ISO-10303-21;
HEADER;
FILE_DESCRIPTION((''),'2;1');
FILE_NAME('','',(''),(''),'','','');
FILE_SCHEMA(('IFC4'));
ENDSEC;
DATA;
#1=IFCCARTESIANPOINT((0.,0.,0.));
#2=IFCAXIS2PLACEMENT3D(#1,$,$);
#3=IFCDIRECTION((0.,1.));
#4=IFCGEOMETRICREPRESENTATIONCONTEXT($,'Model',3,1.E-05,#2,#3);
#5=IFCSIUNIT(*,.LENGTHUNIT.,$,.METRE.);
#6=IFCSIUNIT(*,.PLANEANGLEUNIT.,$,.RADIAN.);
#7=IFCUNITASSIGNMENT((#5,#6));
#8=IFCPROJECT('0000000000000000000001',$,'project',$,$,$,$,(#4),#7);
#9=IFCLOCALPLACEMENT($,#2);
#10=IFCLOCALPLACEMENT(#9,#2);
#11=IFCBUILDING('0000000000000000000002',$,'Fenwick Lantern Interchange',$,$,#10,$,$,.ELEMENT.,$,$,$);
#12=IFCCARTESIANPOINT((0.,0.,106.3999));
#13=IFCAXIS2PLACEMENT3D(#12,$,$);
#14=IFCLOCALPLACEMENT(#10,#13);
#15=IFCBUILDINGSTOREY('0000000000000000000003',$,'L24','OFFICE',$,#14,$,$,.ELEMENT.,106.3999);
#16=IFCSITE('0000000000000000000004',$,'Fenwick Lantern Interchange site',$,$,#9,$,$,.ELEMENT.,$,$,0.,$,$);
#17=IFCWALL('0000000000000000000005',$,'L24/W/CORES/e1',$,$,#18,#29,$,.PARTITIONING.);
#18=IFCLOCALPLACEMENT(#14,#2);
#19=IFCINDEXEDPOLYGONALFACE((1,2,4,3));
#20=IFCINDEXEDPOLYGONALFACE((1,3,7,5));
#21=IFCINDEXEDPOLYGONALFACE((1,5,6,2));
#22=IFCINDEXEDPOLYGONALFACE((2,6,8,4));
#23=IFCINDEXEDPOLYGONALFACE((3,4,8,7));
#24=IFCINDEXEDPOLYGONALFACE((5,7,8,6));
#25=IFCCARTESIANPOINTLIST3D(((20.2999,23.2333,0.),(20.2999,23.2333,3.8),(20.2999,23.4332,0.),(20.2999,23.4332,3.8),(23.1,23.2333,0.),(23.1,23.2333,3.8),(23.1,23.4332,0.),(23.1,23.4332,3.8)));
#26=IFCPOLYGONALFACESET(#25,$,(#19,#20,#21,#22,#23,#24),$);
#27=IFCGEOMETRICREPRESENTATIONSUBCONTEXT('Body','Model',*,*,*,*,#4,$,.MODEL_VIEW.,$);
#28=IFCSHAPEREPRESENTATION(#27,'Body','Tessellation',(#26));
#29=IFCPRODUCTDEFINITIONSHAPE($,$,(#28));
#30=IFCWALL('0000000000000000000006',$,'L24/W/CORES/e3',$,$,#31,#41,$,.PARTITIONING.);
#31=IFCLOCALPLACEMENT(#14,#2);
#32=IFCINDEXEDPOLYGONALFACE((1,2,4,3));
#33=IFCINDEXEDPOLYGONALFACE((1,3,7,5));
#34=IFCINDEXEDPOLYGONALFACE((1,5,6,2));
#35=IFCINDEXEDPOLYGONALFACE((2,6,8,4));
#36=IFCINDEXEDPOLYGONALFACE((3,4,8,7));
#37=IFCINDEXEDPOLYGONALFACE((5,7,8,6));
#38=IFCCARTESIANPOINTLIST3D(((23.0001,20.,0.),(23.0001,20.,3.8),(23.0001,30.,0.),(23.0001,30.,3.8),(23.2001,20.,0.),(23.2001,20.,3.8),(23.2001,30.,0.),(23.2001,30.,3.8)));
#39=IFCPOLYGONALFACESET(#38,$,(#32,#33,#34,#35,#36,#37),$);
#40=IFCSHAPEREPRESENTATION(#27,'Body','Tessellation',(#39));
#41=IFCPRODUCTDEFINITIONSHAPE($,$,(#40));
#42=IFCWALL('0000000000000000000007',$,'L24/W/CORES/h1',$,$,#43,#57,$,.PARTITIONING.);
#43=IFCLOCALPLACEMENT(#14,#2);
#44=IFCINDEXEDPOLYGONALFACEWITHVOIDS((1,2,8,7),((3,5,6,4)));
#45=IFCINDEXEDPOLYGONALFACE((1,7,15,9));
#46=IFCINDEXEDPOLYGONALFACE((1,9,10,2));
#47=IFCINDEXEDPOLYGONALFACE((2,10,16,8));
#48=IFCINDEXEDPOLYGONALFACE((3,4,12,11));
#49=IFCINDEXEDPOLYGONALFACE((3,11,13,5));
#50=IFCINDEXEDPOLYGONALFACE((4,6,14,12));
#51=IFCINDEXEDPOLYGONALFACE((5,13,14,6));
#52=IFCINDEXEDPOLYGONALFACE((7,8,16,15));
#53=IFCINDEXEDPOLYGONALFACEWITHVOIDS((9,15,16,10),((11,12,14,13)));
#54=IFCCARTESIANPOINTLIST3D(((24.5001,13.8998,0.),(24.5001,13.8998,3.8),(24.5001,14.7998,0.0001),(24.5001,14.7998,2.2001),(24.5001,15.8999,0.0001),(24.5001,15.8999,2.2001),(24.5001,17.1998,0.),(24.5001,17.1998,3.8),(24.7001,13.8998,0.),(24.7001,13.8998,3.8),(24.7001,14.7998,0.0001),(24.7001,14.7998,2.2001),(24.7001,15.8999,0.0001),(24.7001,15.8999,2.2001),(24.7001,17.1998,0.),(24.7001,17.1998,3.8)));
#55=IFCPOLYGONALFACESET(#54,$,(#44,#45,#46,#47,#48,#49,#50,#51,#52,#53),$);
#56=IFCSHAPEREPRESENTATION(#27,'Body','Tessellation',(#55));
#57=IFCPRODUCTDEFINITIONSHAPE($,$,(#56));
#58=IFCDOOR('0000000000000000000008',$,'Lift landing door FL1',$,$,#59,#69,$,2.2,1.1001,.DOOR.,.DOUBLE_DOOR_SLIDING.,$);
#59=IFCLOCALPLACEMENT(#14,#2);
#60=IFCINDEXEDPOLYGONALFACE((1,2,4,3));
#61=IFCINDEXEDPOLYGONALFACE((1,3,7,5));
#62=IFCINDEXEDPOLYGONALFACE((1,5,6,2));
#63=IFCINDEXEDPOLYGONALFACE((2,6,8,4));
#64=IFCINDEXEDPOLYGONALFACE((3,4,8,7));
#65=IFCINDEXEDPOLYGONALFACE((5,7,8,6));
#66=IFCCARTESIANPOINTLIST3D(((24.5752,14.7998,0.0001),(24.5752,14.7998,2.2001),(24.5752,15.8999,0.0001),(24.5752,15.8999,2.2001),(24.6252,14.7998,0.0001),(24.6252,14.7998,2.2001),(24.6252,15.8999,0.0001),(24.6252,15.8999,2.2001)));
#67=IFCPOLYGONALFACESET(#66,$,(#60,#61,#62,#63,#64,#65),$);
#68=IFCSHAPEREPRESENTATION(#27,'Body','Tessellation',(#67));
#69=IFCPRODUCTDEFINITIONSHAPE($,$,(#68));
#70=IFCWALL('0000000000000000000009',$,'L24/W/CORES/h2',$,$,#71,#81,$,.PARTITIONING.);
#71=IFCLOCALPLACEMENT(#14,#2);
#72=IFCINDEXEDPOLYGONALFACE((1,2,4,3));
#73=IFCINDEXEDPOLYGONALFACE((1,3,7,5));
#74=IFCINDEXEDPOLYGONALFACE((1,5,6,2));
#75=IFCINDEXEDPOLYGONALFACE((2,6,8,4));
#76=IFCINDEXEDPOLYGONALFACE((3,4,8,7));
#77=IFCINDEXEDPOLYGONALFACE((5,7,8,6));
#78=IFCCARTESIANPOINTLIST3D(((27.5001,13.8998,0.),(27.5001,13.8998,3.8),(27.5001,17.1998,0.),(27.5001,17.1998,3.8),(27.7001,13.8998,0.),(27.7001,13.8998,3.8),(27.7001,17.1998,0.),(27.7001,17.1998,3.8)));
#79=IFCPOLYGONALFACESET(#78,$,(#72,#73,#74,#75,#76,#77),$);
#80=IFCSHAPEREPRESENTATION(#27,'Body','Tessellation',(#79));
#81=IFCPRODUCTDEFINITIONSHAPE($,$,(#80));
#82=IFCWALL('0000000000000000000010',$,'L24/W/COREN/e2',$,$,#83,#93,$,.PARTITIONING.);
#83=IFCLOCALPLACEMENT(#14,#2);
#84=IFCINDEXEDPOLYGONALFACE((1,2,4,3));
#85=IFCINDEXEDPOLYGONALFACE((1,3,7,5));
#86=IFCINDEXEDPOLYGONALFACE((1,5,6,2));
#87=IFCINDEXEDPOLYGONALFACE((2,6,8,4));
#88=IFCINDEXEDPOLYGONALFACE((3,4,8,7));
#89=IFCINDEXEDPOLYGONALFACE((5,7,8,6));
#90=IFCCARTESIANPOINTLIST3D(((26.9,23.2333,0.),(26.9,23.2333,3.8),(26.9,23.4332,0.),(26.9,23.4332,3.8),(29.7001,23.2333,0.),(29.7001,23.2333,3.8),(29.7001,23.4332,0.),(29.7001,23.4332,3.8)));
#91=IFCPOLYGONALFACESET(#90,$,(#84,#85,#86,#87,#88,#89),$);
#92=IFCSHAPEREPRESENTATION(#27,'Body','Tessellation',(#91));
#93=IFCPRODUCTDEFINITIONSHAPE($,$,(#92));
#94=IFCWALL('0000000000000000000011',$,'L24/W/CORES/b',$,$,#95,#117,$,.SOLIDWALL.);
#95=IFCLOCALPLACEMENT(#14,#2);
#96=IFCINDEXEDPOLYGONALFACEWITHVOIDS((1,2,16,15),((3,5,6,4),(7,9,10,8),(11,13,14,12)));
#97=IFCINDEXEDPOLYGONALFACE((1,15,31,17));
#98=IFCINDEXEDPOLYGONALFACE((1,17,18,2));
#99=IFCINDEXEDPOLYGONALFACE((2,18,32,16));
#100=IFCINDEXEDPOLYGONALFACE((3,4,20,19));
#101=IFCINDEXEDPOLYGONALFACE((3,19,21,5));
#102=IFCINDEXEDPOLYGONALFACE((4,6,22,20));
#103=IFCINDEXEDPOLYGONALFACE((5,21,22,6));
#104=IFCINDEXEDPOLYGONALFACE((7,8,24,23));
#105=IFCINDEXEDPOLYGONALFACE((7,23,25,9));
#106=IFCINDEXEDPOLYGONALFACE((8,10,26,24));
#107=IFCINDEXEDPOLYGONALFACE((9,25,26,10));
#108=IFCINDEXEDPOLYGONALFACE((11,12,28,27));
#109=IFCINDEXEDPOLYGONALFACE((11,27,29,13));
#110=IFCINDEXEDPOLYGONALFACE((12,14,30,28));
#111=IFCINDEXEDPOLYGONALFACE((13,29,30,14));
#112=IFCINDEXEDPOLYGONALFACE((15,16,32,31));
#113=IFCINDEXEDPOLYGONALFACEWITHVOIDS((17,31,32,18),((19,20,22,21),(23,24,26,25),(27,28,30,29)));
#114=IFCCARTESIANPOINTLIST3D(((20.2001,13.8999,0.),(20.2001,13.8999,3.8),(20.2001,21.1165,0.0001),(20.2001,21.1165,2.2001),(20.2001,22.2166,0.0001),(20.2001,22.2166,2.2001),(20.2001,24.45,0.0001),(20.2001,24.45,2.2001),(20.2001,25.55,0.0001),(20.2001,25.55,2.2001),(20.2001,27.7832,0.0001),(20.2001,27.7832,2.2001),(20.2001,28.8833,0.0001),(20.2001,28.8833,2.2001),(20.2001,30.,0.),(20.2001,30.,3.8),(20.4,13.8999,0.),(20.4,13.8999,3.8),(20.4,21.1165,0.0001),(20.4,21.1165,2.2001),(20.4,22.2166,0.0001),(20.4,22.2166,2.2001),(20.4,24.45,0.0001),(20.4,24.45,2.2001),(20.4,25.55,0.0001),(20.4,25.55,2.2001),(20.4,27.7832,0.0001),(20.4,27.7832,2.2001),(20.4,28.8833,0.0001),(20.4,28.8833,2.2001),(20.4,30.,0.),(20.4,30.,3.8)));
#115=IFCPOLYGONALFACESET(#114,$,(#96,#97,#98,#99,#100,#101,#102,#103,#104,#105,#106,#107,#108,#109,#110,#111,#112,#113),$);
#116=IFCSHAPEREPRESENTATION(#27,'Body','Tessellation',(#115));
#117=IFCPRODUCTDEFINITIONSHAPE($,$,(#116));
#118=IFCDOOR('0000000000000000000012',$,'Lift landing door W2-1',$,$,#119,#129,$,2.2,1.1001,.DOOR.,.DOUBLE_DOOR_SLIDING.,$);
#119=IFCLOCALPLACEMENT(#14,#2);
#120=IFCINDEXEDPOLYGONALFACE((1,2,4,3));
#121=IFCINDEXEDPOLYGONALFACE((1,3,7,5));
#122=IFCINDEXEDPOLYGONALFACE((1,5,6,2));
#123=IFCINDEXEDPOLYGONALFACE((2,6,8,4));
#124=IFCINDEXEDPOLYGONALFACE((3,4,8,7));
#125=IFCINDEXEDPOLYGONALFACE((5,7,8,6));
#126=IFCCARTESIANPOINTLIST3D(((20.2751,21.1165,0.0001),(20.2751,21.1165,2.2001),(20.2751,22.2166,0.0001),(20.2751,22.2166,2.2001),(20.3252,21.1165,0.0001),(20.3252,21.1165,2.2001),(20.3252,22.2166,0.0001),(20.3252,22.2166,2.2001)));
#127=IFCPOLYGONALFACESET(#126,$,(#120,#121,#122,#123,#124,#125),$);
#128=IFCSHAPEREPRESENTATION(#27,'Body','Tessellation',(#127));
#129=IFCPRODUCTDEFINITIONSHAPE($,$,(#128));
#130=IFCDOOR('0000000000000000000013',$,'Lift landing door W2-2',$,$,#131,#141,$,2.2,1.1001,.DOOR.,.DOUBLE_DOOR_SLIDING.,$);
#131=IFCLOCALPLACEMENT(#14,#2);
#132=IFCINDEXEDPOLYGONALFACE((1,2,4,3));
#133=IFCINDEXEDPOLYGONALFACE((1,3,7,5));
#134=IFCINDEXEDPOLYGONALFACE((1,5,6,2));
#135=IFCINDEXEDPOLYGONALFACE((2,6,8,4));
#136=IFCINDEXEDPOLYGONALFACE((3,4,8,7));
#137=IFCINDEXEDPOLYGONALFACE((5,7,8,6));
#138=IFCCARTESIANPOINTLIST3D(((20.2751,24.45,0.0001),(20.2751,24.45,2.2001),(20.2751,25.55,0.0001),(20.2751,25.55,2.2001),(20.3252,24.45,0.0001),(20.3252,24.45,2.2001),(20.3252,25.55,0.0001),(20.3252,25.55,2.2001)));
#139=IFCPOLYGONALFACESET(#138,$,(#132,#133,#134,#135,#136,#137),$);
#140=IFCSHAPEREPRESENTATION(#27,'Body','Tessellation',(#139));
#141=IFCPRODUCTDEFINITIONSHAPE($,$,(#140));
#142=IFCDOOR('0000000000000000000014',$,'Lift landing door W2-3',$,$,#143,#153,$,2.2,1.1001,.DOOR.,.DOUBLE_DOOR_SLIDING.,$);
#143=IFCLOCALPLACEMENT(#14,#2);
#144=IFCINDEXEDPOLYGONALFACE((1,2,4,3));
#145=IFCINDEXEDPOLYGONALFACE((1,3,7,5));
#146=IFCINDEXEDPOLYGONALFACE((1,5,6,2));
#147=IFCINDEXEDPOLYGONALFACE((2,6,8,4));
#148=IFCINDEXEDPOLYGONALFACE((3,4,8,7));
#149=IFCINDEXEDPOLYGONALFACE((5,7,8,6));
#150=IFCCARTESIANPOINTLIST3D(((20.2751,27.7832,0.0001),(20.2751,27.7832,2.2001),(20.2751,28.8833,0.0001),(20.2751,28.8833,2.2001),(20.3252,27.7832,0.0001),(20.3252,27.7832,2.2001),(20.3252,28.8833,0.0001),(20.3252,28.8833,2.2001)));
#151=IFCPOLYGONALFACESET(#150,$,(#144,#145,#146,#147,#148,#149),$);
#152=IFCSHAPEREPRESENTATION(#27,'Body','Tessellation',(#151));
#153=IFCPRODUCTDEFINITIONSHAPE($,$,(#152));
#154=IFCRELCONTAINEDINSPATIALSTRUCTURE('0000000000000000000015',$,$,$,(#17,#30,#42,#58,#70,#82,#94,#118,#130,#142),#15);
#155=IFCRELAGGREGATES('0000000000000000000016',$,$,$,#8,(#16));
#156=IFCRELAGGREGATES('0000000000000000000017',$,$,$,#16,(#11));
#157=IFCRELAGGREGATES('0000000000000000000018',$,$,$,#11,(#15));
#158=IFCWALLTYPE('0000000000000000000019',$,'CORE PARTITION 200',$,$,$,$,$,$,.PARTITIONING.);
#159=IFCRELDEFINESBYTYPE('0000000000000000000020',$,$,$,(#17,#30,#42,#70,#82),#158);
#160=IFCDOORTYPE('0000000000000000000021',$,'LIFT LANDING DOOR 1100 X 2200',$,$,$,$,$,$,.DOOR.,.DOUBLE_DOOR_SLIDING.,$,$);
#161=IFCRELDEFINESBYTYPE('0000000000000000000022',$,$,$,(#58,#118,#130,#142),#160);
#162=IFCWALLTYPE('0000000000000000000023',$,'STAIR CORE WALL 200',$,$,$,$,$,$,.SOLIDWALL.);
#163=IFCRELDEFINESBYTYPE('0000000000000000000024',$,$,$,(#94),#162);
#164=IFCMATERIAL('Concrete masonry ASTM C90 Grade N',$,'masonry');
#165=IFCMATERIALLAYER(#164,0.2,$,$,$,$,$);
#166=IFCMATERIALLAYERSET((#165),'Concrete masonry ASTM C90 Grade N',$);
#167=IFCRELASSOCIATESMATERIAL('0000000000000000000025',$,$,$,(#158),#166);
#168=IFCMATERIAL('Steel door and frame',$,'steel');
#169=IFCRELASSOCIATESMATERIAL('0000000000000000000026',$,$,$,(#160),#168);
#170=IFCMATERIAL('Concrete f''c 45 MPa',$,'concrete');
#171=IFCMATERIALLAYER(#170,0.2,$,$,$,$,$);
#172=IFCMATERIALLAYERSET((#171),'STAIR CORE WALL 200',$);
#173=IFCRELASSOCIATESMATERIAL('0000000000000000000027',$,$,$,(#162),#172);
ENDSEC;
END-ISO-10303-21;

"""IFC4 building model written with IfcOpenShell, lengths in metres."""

from ifc_helpers import new_model, si_unit, direction, frame, frame_2d, origin, place, context, subcontext, project, spatial, rectangle, extrude, material, layer, layer_set, type_object, element, fill, save


model = new_model("IFC4")

# Units and contexts
model_context = context("Model", 3, precision=1e-05, world=origin(), true_north=direction((0.0, 1.0)))
body_context = subcontext(model_context, "Body", "Model", "MODEL_VIEW")
ifc_project = project(units=[si_unit("LENGTHUNIT", "METRE"), si_unit("PLANEANGLEUNIT", "RADIAN")], contexts=[model_context])

# Site, building, storey
site_placement = place(None, origin())
site = spatial("IfcSite", under=ifc_project, at=site_placement, Name="Fenwick Lantern Interchange site", CompositionType="ELEMENT", RefElevation=0.0)
building_placement = place(site_placement, origin())
building = spatial("IfcBuilding", under=site, at=building_placement, Name="Fenwick Lantern Interchange", CompositionType="ELEMENT")
storey_placement = place(building_placement, frame((0.0, 0.0, 106.3999)))
storey = spatial("IfcBuildingStorey", under=building, at=storey_placement, Name="L24", Description="OFFICE", CompositionType="ELEMENT", Elevation=106.3999)

# Walls
ifc_material_1 = material(Name="Concrete masonry ASTM C90 Grade N", Category="masonry")
ifc_layer_1 = layer(ifc_material_1, 0.2)
ifc_layer_set_1 = layer_set([ifc_layer_1], Name="Concrete masonry ASTM C90 Grade N")
wall_type_1 = type_object("IfcWallType", Name="CORE PARTITION 200", PredefinedType="PARTITIONING", material=ifc_layer_set_1)
wall_1_placement = place(storey_placement, frame((20.3, 23.3333, 0.0), z_axis=(0.0, 0.0, 1.0), x_axis=(1.0, 0.0, 0.0)))
element("IfcWall", 1, at=wall_1_placement, inside=storey, type_object=wall_type_1, Name="L24/W/CORES/e1", PredefinedType="PARTITIONING", context=body_context, shape_type="SweptSolid", body=[
    extrude(rectangle(XDim=2.8, YDim=0.2, at=frame_2d((1.3999, 0.0))), origin(), (0.0, 0.0, 1.0), 3.8),
])
wall_2_placement = place(storey_placement, frame((23.1001, 20.0, 0.0), z_axis=(0.0, 0.0, 1.0), x_axis=(0.0, 1.0, 0.0)))
element("IfcWall", 2, at=wall_2_placement, inside=storey, type_object=wall_type_1, Name="L24/W/CORES/e3", PredefinedType="PARTITIONING", context=body_context, shape_type="SweptSolid", body=[
    extrude(rectangle(XDim=10.0, YDim=0.2, at=frame_2d((5.0, 0.0))), origin(), (0.0, 0.0, 1.0), 3.8),
])

# Wall, opening, door
wall_3_placement = place(storey_placement, frame((24.6001, 13.8999, 0.0), z_axis=(0.0, 0.0, 1.0), x_axis=(0.0, 1.0, 0.0)))
wall_3 = element("IfcWall", 3, at=wall_3_placement, inside=storey, type_object=wall_type_1, Name="L24/W/CORES/h1", PredefinedType="PARTITIONING", context=body_context, shape_type="SweptSolid", body=[
    extrude(rectangle(XDim=3.3, YDim=0.2, at=frame_2d((1.6499, 0.0))), origin(), (0.0, 0.0, 1.0), 3.8),
])
opening_1_placement = place(wall_3_placement, frame((0.8999, 0.0, 0.0)))
opening_1 = element("IfcOpeningElement", 4, at=opening_1_placement, cuts=wall_3, PredefinedType="OPENING", context=body_context, shape_type="SweptSolid", body=[
    extrude(rectangle(XDim=1.1001, YDim=2.2, at=frame_2d((0.55, 1.1001))), frame((0.0, 0.1099, 0.0), z_axis=(0.0, -1.0, 0.0), x_axis=(1.0, 0.0, 0.0)), (0.0, 0.0, 1.0), 0.22),
])
ifc_material_2 = material(Name="Steel door and frame", Category="steel")
door_type_1 = type_object("IfcDoorType", Name="LIFT LANDING DOOR 1100 X 2200", OperationType="DOUBLE_DOOR_SLIDING", PredefinedType="DOOR", material=ifc_material_2)
door_1_placement = place(opening_1_placement, origin())
door_1 = element("IfcDoor", 5, at=door_1_placement, inside=storey, type_object=door_type_1, Name="Lift landing door FL1", OperationType="DOUBLE_DOOR_SLIDING", OverallHeight=2.2, OverallWidth=1.1001, PredefinedType="DOOR", context=body_context, shape_type="SweptSolid", body=[
    extrude(rectangle(XDim=1.1001, YDim=2.2, at=frame_2d((0.55, 1.1001))), frame((0.0, 0.0249, 0.0), z_axis=(0.0, -1.0, 0.0), x_axis=(1.0, 0.0, 0.0)), (0.0, 0.0, 1.0), 0.05),
])
fill(opening_1, door_1)

# Walls
wall_4_placement = place(storey_placement, frame((27.6001, 13.8999, 0.0), z_axis=(0.0, 0.0, 1.0), x_axis=(0.0, 1.0, 0.0)))
element("IfcWall", 6, at=wall_4_placement, inside=storey, type_object=wall_type_1, Name="L24/W/CORES/h2", PredefinedType="PARTITIONING", context=body_context, shape_type="SweptSolid", body=[
    extrude(rectangle(XDim=3.3, YDim=0.2, at=frame_2d((1.6499, 0.0))), origin(), (0.0, 0.0, 1.0), 3.8),
])
wall_5_placement = place(storey_placement, frame((29.7, 23.3333, 0.0), z_axis=(0.0, 0.0, 1.0), x_axis=(-1.0, 0.0, 0.0)))
element("IfcWall", 7, at=wall_5_placement, inside=storey, type_object=wall_type_1, Name="L24/W/COREN/e2", PredefinedType="PARTITIONING", context=body_context, shape_type="SweptSolid", body=[
    extrude(rectangle(XDim=2.8, YDim=0.2, at=frame_2d((1.3999, 0.0))), origin(), (0.0, 0.0, 1.0), 3.8),
])

# Wall, openings, doors
ifc_material_3 = material(Name="Concrete f'c 45 MPa", Category="concrete")
ifc_layer_2 = layer(ifc_material_3, 0.2)
ifc_layer_set_2 = layer_set([ifc_layer_2], Name="STAIR CORE WALL 200")
wall_type_2 = type_object("IfcWallType", Name="STAIR CORE WALL 200", PredefinedType="SOLIDWALL", material=ifc_layer_set_2)
wall_6_placement = place(storey_placement, frame((20.3, 13.8999, 0.0), z_axis=(0.0, 0.0, 1.0), x_axis=(0.0, 1.0, 0.0)))
wall_6 = element("IfcWall", 8, at=wall_6_placement, inside=storey, type_object=wall_type_2, Name="L24/W/CORES/b", PredefinedType="SOLIDWALL", context=body_context, shape_type="SweptSolid", body=[
    extrude(rectangle(XDim=16.1001, YDim=0.2, at=frame_2d((8.05, 0.0))), origin(), (0.0, 0.0, 1.0), 3.8),
])
opening_2_placement = place(wall_6_placement, frame((7.2166, 0.0, 0.0)))
opening_2 = element("IfcOpeningElement", 9, at=opening_2_placement, cuts=wall_6, PredefinedType="OPENING", context=body_context, shape_type="SweptSolid", body=[
    extrude(rectangle(XDim=1.1001, YDim=2.2, at=frame_2d((0.55, 1.1001))), frame((0.0, 0.1099, 0.0), z_axis=(0.0, -1.0, 0.0), x_axis=(1.0, 0.0, 0.0)), (0.0, 0.0, 1.0), 0.22),
])
opening_3_placement = place(wall_6_placement, frame((10.55, 0.0, 0.0)))
opening_3 = element("IfcOpeningElement", 10, at=opening_3_placement, cuts=wall_6, PredefinedType="OPENING", context=body_context, shape_type="SweptSolid", body=[
    extrude(rectangle(XDim=1.1001, YDim=2.2, at=frame_2d((0.55, 1.1001))), frame((0.0, 0.1099, 0.0), z_axis=(0.0, -1.0, 0.0), x_axis=(1.0, 0.0, 0.0)), (0.0, 0.0, 1.0), 0.22),
])
opening_4_placement = place(wall_6_placement, frame((13.8833, 0.0, 0.0)))
opening_4 = element("IfcOpeningElement", 11, at=opening_4_placement, cuts=wall_6, PredefinedType="OPENING", context=body_context, shape_type="SweptSolid", body=[
    extrude(rectangle(XDim=1.1001, YDim=2.2, at=frame_2d((0.55, 1.1001))), frame((0.0, 0.1099, 0.0), z_axis=(0.0, -1.0, 0.0), x_axis=(1.0, 0.0, 0.0)), (0.0, 0.0, 1.0), 0.22),
])
door_2_placement = place(opening_2_placement, origin())
door_2 = element("IfcDoor", 12, at=door_2_placement, inside=storey, type_object=door_type_1, Name="Lift landing door W2-1", OperationType="DOUBLE_DOOR_SLIDING", OverallHeight=2.2, OverallWidth=1.1001, PredefinedType="DOOR", context=body_context, shape_type="SweptSolid", body=[
    extrude(rectangle(XDim=1.1001, YDim=2.2, at=frame_2d((0.55, 1.1001))), frame((0.0, 0.0249, 0.0), z_axis=(0.0, -1.0, 0.0), x_axis=(1.0, 0.0, 0.0)), (0.0, 0.0, 1.0), 0.05),
])
fill(opening_2, door_2)
door_3_placement = place(opening_3_placement, origin())
door_3 = element("IfcDoor", 13, at=door_3_placement, inside=storey, type_object=door_type_1, Name="Lift landing door W2-2", OperationType="DOUBLE_DOOR_SLIDING", OverallHeight=2.2, OverallWidth=1.1001, PredefinedType="DOOR", context=body_context, shape_type="SweptSolid", body=[
    extrude(rectangle(XDim=1.1001, YDim=2.2, at=frame_2d((0.55, 1.1001))), frame((0.0, 0.0249, 0.0), z_axis=(0.0, -1.0, 0.0), x_axis=(1.0, 0.0, 0.0)), (0.0, 0.0, 1.0), 0.05),
])
fill(opening_3, door_3)
door_4_placement = place(opening_4_placement, origin())
door_4 = element("IfcDoor", 14, at=door_4_placement, inside=storey, type_object=door_type_1, Name="Lift landing door W2-3", OperationType="DOUBLE_DOOR_SLIDING", OverallHeight=2.2, OverallWidth=1.1001, PredefinedType="DOOR", context=body_context, shape_type="SweptSolid", body=[
    extrude(rectangle(XDim=1.1001, YDim=2.2, at=frame_2d((0.55, 1.1001))), frame((0.0, 0.0249, 0.0), z_axis=(0.0, -1.0, 0.0), x_axis=(1.0, 0.0, 0.0)), (0.0, 0.0, 1.0), 0.05),
])
fill(opening_4, door_4)

save(model, "model.ifc")
